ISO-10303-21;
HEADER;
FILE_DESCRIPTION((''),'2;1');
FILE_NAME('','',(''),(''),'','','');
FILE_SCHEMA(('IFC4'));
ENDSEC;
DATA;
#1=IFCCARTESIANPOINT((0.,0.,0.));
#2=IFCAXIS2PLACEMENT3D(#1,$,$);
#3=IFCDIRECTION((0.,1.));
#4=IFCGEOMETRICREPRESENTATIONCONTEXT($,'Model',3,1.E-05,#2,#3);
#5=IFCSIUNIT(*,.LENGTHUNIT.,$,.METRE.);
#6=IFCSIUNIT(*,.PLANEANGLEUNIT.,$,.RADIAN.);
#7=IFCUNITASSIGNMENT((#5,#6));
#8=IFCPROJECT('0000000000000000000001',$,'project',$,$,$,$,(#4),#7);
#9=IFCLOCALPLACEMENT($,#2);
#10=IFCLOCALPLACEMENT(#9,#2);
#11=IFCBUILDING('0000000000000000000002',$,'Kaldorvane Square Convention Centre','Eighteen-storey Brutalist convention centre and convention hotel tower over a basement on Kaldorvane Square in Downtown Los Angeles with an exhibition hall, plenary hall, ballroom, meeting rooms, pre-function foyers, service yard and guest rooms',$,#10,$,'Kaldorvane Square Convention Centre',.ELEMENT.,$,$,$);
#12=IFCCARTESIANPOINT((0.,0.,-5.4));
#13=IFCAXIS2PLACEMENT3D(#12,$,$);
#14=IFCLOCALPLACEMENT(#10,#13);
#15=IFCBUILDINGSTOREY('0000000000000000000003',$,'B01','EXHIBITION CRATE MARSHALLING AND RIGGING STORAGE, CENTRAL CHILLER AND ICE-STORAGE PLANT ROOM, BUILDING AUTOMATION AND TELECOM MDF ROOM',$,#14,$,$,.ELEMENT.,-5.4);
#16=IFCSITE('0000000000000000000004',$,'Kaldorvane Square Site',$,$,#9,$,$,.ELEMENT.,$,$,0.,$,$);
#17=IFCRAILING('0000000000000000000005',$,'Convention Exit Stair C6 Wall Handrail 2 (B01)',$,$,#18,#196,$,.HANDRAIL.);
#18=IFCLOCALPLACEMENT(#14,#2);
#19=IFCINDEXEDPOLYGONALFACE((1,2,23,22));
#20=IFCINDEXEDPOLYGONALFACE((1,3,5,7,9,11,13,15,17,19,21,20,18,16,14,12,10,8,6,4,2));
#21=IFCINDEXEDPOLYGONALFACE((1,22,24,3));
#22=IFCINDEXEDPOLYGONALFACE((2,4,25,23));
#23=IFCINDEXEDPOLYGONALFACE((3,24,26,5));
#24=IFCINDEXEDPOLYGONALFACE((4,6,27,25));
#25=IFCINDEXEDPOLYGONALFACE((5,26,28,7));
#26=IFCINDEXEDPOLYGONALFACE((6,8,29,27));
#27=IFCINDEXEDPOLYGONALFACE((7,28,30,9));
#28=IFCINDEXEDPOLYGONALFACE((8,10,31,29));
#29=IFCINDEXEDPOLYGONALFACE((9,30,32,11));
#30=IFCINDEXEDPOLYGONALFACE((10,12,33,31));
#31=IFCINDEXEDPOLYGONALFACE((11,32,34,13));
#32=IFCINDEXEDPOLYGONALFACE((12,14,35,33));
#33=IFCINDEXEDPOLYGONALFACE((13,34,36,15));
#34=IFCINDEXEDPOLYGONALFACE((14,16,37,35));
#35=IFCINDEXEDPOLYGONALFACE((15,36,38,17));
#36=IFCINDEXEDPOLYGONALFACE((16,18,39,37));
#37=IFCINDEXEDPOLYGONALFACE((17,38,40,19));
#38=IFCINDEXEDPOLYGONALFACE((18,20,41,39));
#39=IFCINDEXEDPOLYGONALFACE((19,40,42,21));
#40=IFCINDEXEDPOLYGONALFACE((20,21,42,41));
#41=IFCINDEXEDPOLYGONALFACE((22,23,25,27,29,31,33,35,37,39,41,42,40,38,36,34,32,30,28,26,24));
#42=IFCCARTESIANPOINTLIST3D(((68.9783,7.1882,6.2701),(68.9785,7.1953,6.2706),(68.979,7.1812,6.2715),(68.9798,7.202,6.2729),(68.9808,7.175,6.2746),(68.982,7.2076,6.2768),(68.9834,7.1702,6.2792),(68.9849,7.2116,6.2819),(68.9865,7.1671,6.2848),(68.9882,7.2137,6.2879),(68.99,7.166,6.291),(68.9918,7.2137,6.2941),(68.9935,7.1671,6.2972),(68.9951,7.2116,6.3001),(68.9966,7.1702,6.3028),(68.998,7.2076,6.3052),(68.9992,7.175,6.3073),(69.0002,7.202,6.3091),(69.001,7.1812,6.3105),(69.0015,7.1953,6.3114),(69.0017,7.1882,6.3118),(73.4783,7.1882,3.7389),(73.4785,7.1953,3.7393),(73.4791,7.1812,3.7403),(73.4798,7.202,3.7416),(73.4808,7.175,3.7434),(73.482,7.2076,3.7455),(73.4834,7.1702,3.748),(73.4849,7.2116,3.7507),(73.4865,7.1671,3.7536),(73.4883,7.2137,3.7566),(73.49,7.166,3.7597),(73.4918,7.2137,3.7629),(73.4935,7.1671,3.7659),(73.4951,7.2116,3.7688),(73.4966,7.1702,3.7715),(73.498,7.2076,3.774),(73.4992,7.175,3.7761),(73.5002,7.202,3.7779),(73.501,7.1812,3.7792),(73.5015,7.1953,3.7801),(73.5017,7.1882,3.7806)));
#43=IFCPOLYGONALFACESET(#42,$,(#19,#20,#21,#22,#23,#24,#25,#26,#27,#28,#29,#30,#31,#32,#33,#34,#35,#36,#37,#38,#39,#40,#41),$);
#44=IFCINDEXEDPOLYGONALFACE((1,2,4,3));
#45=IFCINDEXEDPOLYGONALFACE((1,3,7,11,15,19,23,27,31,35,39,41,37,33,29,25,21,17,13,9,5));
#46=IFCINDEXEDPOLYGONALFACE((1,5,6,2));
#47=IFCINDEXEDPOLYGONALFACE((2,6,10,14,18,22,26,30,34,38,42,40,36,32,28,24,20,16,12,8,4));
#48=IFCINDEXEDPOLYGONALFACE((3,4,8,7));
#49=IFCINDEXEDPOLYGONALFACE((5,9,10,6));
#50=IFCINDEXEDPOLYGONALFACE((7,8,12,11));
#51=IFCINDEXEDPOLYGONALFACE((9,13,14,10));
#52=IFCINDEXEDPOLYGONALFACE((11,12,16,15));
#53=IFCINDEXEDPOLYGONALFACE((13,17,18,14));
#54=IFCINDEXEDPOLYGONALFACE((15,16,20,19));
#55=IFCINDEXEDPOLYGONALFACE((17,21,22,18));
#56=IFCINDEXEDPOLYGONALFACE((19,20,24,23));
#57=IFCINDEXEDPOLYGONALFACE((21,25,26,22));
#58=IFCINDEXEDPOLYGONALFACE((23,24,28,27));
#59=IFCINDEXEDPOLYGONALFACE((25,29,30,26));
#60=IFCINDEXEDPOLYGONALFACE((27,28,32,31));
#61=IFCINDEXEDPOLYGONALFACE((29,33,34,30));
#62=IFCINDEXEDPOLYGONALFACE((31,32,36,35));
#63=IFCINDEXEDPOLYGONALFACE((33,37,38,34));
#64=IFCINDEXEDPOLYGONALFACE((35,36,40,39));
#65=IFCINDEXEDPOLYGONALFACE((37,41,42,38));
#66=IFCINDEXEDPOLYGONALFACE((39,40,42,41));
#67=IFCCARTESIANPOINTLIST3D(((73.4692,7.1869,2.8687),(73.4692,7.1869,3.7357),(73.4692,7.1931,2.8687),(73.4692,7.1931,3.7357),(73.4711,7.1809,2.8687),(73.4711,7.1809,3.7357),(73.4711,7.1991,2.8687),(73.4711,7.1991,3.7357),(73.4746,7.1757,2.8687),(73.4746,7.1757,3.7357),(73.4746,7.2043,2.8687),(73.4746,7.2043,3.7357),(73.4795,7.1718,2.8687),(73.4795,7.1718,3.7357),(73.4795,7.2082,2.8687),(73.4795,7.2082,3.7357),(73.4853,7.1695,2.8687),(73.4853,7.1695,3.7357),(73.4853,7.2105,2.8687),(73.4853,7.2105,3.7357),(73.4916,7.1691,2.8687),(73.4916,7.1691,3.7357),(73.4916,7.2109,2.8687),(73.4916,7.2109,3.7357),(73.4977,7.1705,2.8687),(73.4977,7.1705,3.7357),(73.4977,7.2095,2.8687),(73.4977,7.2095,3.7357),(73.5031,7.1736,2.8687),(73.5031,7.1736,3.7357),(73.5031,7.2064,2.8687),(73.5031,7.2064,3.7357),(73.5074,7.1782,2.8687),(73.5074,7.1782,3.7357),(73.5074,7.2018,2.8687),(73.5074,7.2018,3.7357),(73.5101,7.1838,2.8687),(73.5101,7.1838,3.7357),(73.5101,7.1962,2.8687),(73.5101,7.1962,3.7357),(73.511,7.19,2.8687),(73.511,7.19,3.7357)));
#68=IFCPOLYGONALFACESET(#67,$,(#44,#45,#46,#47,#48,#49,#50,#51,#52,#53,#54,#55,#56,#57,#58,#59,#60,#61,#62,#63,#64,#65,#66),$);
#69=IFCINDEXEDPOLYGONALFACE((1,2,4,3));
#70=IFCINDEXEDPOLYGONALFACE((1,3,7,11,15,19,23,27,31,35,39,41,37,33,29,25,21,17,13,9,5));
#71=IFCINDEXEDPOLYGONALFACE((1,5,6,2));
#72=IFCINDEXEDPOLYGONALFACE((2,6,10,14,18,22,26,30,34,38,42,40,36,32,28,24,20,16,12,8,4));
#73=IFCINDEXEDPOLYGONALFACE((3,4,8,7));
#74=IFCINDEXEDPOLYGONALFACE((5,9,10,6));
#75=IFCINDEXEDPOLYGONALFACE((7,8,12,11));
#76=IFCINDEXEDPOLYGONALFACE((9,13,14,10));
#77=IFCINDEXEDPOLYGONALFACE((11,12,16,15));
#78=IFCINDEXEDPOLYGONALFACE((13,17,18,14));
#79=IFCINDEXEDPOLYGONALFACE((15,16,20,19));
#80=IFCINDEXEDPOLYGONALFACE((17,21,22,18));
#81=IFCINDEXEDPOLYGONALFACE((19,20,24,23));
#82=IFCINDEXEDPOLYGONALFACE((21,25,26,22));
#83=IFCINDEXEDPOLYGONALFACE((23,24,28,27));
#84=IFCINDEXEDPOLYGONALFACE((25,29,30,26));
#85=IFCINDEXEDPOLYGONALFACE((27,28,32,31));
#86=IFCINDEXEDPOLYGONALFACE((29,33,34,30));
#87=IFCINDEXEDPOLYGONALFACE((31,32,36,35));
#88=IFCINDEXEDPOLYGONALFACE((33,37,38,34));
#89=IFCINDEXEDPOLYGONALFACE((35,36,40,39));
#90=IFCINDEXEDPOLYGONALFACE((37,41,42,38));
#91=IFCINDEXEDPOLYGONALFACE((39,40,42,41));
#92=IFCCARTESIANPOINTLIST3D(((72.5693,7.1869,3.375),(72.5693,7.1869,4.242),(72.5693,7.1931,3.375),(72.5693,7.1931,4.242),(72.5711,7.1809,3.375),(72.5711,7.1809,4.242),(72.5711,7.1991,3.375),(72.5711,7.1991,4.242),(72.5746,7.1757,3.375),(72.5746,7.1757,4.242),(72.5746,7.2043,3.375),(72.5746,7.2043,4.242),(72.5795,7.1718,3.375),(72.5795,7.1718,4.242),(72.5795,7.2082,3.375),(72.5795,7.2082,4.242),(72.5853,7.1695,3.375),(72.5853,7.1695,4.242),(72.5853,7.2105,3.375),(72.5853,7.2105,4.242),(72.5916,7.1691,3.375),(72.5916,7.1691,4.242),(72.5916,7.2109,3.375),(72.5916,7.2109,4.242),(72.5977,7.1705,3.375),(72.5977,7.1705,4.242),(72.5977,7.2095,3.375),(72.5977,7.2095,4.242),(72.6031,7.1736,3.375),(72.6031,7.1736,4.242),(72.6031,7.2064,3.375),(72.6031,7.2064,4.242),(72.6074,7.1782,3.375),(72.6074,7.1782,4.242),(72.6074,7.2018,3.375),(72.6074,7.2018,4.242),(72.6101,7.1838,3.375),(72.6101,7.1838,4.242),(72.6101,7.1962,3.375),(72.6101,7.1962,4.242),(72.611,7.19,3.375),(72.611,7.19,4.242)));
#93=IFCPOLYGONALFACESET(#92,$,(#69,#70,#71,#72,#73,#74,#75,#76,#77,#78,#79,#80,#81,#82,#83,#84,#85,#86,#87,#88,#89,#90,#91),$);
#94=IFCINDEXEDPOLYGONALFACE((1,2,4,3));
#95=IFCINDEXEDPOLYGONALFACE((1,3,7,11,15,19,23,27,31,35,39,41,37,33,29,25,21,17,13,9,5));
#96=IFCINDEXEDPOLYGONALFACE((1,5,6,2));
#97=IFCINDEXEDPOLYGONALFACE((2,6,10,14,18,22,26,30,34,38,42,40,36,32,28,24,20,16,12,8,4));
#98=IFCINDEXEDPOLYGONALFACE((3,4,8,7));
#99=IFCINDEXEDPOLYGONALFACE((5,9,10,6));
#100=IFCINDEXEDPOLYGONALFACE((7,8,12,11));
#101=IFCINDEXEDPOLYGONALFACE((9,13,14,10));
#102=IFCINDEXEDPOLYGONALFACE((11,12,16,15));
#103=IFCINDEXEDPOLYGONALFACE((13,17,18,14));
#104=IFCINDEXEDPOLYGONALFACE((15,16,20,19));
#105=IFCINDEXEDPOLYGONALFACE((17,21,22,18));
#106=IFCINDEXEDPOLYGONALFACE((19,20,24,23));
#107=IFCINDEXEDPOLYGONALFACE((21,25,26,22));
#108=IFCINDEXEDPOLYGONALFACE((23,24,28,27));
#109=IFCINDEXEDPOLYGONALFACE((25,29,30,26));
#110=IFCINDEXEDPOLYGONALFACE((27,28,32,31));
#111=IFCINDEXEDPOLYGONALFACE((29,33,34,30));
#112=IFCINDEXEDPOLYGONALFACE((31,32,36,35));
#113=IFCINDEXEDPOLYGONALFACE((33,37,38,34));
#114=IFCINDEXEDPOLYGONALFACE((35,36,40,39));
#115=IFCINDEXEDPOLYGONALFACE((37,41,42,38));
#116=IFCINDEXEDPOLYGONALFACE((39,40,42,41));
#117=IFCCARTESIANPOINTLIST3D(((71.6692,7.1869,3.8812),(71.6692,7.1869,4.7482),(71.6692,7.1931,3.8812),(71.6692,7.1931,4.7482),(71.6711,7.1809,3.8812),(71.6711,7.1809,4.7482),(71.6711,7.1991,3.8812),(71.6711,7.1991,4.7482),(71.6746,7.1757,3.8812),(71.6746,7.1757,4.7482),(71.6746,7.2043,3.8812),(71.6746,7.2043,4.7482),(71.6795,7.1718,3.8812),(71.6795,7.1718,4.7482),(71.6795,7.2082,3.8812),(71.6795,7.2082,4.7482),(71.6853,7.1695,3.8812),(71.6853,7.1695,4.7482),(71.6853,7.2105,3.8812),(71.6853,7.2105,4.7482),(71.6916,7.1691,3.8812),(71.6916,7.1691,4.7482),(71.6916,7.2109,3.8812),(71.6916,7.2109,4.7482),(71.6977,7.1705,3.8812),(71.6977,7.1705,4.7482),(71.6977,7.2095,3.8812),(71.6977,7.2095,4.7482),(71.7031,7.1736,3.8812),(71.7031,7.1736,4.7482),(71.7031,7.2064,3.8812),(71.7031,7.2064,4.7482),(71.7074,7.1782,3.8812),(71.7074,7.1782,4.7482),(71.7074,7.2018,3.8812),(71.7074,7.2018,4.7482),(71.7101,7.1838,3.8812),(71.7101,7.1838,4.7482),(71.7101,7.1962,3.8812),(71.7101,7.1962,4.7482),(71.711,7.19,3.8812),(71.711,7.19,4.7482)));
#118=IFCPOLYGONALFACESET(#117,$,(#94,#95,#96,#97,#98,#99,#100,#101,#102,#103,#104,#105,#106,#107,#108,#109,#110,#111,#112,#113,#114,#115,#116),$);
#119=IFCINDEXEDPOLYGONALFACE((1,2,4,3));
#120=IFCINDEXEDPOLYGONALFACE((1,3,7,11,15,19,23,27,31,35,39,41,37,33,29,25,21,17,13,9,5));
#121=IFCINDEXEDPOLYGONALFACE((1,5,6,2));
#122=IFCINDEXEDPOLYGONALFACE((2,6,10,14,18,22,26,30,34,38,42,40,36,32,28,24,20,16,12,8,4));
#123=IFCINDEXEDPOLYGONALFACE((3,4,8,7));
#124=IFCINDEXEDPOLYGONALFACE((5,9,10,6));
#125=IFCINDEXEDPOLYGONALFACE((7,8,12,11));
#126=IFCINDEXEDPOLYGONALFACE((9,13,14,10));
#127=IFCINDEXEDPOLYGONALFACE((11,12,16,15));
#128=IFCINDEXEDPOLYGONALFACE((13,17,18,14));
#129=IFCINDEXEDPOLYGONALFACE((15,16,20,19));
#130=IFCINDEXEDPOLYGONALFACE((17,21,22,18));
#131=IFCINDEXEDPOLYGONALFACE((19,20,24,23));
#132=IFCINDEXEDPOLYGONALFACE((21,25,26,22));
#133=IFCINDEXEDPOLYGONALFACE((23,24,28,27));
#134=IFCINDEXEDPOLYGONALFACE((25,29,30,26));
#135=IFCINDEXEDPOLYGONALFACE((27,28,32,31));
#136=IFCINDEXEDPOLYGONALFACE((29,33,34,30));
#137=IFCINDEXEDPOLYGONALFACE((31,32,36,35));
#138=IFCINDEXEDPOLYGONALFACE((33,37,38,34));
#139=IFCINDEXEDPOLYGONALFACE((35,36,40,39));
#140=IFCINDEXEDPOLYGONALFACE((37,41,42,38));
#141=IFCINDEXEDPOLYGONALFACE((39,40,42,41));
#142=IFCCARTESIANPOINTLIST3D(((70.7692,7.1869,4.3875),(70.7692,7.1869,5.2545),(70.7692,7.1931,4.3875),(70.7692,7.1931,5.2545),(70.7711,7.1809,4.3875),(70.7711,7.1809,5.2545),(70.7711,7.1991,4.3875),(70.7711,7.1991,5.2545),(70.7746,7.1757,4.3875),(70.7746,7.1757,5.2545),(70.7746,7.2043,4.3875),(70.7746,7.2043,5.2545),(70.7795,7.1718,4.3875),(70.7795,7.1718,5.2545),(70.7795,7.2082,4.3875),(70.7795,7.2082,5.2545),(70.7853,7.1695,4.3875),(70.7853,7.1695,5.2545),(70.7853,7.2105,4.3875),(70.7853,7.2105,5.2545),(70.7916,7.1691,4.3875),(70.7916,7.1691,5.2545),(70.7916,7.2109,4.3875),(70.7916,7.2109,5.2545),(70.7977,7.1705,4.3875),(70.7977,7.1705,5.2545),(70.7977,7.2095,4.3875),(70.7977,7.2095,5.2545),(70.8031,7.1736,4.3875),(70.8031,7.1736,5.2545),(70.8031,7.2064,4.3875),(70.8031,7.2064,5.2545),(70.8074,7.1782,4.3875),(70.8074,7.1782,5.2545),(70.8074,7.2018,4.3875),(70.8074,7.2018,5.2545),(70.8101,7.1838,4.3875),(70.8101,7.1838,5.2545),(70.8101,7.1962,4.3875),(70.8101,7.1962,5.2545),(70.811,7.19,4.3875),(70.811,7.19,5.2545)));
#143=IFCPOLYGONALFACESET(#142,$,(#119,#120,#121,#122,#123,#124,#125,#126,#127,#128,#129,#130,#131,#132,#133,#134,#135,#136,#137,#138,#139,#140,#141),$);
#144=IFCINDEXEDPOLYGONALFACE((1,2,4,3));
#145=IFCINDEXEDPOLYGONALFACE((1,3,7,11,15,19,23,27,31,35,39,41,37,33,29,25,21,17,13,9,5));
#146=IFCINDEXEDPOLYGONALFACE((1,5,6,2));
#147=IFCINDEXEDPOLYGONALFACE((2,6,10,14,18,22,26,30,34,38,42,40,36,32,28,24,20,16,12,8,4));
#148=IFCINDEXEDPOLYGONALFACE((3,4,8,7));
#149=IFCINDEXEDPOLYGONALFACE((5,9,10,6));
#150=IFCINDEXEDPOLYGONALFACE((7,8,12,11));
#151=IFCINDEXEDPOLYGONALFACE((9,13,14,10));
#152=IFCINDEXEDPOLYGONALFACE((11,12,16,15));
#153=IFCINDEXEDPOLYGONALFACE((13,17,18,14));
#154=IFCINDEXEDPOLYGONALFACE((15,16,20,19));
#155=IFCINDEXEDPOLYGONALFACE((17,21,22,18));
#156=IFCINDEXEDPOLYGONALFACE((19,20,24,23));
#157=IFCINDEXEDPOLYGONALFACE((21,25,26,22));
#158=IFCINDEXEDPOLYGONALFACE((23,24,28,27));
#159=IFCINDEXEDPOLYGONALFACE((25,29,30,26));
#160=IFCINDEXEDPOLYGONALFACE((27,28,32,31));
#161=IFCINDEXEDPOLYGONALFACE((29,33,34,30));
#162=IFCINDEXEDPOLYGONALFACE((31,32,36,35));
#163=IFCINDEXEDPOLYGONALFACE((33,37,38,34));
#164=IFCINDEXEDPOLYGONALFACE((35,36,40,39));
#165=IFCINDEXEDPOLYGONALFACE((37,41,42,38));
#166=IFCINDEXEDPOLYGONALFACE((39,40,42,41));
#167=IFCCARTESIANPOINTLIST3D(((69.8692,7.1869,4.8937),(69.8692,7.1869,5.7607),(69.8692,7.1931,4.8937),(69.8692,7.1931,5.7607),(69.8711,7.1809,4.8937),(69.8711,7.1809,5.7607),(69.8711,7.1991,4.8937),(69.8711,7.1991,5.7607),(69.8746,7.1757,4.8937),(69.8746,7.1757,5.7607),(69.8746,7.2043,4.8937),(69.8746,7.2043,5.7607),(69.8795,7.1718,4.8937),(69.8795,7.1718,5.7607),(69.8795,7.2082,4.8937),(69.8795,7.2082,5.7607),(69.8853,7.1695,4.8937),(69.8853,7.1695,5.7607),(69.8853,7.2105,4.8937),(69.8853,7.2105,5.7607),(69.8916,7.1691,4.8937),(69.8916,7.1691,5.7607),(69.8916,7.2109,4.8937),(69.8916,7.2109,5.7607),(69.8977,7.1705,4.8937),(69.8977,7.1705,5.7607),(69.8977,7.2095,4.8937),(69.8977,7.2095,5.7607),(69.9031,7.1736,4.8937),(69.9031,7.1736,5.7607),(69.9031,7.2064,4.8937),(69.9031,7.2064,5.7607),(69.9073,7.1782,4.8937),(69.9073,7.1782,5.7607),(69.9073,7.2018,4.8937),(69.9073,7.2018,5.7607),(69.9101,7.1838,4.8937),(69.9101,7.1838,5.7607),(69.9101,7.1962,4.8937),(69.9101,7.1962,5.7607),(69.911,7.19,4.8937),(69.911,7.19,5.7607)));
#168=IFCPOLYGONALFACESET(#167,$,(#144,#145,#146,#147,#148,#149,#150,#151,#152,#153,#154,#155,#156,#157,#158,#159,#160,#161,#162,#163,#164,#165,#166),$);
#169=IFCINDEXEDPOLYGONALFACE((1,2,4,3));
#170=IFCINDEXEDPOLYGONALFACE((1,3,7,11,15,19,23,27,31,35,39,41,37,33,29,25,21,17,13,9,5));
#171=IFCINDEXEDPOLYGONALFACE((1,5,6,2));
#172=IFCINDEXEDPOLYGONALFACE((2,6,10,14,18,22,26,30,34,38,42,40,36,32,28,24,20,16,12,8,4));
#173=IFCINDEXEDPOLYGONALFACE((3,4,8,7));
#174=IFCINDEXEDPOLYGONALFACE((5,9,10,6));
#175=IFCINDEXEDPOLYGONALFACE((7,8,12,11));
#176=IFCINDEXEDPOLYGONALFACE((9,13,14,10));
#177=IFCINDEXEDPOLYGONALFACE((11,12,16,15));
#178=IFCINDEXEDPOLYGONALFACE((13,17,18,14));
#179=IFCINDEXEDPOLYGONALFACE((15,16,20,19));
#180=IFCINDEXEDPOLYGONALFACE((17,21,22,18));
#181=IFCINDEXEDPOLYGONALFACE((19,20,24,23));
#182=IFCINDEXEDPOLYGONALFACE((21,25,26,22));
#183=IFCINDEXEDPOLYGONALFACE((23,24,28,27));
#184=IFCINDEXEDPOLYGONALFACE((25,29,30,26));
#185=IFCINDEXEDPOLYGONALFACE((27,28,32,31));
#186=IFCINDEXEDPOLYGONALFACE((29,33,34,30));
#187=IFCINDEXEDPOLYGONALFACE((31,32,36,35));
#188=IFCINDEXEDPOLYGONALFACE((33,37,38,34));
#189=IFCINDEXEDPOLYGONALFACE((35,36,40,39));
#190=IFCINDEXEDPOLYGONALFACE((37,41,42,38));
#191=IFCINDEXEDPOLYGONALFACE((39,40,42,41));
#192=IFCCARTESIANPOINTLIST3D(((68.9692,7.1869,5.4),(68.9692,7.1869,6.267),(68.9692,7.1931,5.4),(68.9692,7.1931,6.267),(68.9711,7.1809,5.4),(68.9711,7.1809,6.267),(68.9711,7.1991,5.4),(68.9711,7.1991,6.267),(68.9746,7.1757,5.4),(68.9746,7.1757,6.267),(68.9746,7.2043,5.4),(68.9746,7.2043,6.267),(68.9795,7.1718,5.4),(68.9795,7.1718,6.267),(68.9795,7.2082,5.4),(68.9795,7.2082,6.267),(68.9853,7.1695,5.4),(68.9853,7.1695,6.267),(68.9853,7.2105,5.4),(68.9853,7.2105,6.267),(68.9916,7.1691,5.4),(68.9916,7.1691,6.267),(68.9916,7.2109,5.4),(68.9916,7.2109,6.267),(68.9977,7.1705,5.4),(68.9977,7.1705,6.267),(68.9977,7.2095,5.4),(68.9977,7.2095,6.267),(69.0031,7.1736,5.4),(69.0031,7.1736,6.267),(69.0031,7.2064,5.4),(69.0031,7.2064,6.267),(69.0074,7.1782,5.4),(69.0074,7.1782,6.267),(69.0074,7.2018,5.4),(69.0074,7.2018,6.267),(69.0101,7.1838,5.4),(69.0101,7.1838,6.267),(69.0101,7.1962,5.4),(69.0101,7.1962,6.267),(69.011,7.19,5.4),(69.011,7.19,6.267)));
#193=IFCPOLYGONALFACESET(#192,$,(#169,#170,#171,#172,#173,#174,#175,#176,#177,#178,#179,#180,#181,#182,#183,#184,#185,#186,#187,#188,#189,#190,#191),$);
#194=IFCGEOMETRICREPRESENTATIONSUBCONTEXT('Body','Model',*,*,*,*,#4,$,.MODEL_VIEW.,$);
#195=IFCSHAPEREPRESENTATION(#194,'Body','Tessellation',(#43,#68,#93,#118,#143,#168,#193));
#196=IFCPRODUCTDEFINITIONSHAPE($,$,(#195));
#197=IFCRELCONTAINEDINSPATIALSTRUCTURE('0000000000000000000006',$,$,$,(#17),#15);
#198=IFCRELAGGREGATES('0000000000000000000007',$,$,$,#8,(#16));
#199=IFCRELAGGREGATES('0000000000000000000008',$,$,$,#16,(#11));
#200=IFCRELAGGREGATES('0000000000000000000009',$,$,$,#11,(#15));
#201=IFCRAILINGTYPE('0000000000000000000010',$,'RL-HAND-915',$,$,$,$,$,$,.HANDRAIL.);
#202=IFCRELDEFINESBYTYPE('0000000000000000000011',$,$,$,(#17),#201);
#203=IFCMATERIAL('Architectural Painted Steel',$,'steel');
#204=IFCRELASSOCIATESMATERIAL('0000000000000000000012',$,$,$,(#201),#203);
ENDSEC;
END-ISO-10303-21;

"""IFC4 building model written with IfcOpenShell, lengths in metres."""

from ifc_helpers import new_model, si_unit, direction, frame, origin, origin_2d, place, context, subcontext, project, spatial, circle, extrude, material, type_object, element, save


model = new_model("IFC4")

# Units and contexts
model_context = context("Model", 3, precision=1e-05, world=origin(), true_north=direction((0.0, 1.0)))
body_context = subcontext(model_context, "Body", "Model", "MODEL_VIEW")
ifc_project = project(units=[si_unit("LENGTHUNIT", "METRE"), si_unit("PLANEANGLEUNIT", "RADIAN")], contexts=[model_context])

# Site, building, storey
site_placement = place(None, origin())
site = spatial("IfcSite", under=ifc_project, at=site_placement, Name="Kaldorvane Square Site", CompositionType="ELEMENT", RefElevation=0.0)
building_placement = place(site_placement, origin())
building = spatial("IfcBuilding", under=site, at=building_placement, Name="Kaldorvane Square Convention Centre", Description="Eighteen-storey Brutalist convention centre and convention hotel tower over a basement on Kaldorvane Square in Downtown Los Angeles with an exhibition hall, plenary hall, ballroom, meeting rooms, pre-function foyers, service yard and guest rooms", LongName="Kaldorvane Square Convention Centre", CompositionType="ELEMENT")
storey_placement = place(building_placement, frame((0.0, 0.0, -5.4)))
storey = spatial("IfcBuildingStorey", under=building, at=storey_placement, Name="B01", Description="EXHIBITION CRATE MARSHALLING AND RIGGING STORAGE, CENTRAL CHILLER AND ICE-STORAGE PLANT ROOM, BUILDING AUTOMATION AND TELECOM MDF ROOM", CompositionType="ELEMENT", Elevation=-5.4)

# Railing
ifc_material_1 = material(Name="Architectural Painted Steel", Category="steel")
railing_type = type_object("IfcRailingType", Name="RL-HAND-915", PredefinedType="HANDRAIL", material=ifc_material_1)
for number, where, name in (
    (1, (73.49, 7.19, 2.8687), "Convention Exit Stair C6 Wall Handrail 2 (B01)"),
):
    element("IfcRailing", number, at=place(storey_placement, frame(where)), inside=storey, type_object=railing_type, Name=name, PredefinedType="HANDRAIL", context=body_context, shape_type="SweptSolid", body=[
        extrude(circle(Radius=0.024, at=origin_2d()), frame((0.0, 0.0, 0.891), z_axis=(-0.871576, 0.0, 0.490261), x_axis=(0.0, -1.0, 0.0)), (0.0, 0.0, 1.0), 5.1631),
        extrude(circle(Radius=0.021, at=origin_2d()), origin(), (0.0, 0.0, 1.0), 0.867),
        extrude(circle(Radius=0.021, at=origin_2d()), frame((-0.9, 0.0, 0.5063)), (0.0, 0.0, 1.0), 0.867),
        extrude(circle(Radius=0.021, at=origin_2d()), frame((-1.8, 0.0, 1.0125)), (0.0, 0.0, 1.0), 0.867),
        extrude(circle(Radius=0.021, at=origin_2d()), frame((-2.7, 0.0, 1.5188)), (0.0, 0.0, 1.0), 0.867),
        extrude(circle(Radius=0.021, at=origin_2d()), frame((-3.6, 0.0, 2.025)), (0.0, 0.0, 1.0), 0.867),
        extrude(circle(Radius=0.021, at=origin_2d()), frame((-4.5, 0.0, 2.5312)), (0.0, 0.0, 1.0), 0.867),
    ])

save(model, "model.ifc")
